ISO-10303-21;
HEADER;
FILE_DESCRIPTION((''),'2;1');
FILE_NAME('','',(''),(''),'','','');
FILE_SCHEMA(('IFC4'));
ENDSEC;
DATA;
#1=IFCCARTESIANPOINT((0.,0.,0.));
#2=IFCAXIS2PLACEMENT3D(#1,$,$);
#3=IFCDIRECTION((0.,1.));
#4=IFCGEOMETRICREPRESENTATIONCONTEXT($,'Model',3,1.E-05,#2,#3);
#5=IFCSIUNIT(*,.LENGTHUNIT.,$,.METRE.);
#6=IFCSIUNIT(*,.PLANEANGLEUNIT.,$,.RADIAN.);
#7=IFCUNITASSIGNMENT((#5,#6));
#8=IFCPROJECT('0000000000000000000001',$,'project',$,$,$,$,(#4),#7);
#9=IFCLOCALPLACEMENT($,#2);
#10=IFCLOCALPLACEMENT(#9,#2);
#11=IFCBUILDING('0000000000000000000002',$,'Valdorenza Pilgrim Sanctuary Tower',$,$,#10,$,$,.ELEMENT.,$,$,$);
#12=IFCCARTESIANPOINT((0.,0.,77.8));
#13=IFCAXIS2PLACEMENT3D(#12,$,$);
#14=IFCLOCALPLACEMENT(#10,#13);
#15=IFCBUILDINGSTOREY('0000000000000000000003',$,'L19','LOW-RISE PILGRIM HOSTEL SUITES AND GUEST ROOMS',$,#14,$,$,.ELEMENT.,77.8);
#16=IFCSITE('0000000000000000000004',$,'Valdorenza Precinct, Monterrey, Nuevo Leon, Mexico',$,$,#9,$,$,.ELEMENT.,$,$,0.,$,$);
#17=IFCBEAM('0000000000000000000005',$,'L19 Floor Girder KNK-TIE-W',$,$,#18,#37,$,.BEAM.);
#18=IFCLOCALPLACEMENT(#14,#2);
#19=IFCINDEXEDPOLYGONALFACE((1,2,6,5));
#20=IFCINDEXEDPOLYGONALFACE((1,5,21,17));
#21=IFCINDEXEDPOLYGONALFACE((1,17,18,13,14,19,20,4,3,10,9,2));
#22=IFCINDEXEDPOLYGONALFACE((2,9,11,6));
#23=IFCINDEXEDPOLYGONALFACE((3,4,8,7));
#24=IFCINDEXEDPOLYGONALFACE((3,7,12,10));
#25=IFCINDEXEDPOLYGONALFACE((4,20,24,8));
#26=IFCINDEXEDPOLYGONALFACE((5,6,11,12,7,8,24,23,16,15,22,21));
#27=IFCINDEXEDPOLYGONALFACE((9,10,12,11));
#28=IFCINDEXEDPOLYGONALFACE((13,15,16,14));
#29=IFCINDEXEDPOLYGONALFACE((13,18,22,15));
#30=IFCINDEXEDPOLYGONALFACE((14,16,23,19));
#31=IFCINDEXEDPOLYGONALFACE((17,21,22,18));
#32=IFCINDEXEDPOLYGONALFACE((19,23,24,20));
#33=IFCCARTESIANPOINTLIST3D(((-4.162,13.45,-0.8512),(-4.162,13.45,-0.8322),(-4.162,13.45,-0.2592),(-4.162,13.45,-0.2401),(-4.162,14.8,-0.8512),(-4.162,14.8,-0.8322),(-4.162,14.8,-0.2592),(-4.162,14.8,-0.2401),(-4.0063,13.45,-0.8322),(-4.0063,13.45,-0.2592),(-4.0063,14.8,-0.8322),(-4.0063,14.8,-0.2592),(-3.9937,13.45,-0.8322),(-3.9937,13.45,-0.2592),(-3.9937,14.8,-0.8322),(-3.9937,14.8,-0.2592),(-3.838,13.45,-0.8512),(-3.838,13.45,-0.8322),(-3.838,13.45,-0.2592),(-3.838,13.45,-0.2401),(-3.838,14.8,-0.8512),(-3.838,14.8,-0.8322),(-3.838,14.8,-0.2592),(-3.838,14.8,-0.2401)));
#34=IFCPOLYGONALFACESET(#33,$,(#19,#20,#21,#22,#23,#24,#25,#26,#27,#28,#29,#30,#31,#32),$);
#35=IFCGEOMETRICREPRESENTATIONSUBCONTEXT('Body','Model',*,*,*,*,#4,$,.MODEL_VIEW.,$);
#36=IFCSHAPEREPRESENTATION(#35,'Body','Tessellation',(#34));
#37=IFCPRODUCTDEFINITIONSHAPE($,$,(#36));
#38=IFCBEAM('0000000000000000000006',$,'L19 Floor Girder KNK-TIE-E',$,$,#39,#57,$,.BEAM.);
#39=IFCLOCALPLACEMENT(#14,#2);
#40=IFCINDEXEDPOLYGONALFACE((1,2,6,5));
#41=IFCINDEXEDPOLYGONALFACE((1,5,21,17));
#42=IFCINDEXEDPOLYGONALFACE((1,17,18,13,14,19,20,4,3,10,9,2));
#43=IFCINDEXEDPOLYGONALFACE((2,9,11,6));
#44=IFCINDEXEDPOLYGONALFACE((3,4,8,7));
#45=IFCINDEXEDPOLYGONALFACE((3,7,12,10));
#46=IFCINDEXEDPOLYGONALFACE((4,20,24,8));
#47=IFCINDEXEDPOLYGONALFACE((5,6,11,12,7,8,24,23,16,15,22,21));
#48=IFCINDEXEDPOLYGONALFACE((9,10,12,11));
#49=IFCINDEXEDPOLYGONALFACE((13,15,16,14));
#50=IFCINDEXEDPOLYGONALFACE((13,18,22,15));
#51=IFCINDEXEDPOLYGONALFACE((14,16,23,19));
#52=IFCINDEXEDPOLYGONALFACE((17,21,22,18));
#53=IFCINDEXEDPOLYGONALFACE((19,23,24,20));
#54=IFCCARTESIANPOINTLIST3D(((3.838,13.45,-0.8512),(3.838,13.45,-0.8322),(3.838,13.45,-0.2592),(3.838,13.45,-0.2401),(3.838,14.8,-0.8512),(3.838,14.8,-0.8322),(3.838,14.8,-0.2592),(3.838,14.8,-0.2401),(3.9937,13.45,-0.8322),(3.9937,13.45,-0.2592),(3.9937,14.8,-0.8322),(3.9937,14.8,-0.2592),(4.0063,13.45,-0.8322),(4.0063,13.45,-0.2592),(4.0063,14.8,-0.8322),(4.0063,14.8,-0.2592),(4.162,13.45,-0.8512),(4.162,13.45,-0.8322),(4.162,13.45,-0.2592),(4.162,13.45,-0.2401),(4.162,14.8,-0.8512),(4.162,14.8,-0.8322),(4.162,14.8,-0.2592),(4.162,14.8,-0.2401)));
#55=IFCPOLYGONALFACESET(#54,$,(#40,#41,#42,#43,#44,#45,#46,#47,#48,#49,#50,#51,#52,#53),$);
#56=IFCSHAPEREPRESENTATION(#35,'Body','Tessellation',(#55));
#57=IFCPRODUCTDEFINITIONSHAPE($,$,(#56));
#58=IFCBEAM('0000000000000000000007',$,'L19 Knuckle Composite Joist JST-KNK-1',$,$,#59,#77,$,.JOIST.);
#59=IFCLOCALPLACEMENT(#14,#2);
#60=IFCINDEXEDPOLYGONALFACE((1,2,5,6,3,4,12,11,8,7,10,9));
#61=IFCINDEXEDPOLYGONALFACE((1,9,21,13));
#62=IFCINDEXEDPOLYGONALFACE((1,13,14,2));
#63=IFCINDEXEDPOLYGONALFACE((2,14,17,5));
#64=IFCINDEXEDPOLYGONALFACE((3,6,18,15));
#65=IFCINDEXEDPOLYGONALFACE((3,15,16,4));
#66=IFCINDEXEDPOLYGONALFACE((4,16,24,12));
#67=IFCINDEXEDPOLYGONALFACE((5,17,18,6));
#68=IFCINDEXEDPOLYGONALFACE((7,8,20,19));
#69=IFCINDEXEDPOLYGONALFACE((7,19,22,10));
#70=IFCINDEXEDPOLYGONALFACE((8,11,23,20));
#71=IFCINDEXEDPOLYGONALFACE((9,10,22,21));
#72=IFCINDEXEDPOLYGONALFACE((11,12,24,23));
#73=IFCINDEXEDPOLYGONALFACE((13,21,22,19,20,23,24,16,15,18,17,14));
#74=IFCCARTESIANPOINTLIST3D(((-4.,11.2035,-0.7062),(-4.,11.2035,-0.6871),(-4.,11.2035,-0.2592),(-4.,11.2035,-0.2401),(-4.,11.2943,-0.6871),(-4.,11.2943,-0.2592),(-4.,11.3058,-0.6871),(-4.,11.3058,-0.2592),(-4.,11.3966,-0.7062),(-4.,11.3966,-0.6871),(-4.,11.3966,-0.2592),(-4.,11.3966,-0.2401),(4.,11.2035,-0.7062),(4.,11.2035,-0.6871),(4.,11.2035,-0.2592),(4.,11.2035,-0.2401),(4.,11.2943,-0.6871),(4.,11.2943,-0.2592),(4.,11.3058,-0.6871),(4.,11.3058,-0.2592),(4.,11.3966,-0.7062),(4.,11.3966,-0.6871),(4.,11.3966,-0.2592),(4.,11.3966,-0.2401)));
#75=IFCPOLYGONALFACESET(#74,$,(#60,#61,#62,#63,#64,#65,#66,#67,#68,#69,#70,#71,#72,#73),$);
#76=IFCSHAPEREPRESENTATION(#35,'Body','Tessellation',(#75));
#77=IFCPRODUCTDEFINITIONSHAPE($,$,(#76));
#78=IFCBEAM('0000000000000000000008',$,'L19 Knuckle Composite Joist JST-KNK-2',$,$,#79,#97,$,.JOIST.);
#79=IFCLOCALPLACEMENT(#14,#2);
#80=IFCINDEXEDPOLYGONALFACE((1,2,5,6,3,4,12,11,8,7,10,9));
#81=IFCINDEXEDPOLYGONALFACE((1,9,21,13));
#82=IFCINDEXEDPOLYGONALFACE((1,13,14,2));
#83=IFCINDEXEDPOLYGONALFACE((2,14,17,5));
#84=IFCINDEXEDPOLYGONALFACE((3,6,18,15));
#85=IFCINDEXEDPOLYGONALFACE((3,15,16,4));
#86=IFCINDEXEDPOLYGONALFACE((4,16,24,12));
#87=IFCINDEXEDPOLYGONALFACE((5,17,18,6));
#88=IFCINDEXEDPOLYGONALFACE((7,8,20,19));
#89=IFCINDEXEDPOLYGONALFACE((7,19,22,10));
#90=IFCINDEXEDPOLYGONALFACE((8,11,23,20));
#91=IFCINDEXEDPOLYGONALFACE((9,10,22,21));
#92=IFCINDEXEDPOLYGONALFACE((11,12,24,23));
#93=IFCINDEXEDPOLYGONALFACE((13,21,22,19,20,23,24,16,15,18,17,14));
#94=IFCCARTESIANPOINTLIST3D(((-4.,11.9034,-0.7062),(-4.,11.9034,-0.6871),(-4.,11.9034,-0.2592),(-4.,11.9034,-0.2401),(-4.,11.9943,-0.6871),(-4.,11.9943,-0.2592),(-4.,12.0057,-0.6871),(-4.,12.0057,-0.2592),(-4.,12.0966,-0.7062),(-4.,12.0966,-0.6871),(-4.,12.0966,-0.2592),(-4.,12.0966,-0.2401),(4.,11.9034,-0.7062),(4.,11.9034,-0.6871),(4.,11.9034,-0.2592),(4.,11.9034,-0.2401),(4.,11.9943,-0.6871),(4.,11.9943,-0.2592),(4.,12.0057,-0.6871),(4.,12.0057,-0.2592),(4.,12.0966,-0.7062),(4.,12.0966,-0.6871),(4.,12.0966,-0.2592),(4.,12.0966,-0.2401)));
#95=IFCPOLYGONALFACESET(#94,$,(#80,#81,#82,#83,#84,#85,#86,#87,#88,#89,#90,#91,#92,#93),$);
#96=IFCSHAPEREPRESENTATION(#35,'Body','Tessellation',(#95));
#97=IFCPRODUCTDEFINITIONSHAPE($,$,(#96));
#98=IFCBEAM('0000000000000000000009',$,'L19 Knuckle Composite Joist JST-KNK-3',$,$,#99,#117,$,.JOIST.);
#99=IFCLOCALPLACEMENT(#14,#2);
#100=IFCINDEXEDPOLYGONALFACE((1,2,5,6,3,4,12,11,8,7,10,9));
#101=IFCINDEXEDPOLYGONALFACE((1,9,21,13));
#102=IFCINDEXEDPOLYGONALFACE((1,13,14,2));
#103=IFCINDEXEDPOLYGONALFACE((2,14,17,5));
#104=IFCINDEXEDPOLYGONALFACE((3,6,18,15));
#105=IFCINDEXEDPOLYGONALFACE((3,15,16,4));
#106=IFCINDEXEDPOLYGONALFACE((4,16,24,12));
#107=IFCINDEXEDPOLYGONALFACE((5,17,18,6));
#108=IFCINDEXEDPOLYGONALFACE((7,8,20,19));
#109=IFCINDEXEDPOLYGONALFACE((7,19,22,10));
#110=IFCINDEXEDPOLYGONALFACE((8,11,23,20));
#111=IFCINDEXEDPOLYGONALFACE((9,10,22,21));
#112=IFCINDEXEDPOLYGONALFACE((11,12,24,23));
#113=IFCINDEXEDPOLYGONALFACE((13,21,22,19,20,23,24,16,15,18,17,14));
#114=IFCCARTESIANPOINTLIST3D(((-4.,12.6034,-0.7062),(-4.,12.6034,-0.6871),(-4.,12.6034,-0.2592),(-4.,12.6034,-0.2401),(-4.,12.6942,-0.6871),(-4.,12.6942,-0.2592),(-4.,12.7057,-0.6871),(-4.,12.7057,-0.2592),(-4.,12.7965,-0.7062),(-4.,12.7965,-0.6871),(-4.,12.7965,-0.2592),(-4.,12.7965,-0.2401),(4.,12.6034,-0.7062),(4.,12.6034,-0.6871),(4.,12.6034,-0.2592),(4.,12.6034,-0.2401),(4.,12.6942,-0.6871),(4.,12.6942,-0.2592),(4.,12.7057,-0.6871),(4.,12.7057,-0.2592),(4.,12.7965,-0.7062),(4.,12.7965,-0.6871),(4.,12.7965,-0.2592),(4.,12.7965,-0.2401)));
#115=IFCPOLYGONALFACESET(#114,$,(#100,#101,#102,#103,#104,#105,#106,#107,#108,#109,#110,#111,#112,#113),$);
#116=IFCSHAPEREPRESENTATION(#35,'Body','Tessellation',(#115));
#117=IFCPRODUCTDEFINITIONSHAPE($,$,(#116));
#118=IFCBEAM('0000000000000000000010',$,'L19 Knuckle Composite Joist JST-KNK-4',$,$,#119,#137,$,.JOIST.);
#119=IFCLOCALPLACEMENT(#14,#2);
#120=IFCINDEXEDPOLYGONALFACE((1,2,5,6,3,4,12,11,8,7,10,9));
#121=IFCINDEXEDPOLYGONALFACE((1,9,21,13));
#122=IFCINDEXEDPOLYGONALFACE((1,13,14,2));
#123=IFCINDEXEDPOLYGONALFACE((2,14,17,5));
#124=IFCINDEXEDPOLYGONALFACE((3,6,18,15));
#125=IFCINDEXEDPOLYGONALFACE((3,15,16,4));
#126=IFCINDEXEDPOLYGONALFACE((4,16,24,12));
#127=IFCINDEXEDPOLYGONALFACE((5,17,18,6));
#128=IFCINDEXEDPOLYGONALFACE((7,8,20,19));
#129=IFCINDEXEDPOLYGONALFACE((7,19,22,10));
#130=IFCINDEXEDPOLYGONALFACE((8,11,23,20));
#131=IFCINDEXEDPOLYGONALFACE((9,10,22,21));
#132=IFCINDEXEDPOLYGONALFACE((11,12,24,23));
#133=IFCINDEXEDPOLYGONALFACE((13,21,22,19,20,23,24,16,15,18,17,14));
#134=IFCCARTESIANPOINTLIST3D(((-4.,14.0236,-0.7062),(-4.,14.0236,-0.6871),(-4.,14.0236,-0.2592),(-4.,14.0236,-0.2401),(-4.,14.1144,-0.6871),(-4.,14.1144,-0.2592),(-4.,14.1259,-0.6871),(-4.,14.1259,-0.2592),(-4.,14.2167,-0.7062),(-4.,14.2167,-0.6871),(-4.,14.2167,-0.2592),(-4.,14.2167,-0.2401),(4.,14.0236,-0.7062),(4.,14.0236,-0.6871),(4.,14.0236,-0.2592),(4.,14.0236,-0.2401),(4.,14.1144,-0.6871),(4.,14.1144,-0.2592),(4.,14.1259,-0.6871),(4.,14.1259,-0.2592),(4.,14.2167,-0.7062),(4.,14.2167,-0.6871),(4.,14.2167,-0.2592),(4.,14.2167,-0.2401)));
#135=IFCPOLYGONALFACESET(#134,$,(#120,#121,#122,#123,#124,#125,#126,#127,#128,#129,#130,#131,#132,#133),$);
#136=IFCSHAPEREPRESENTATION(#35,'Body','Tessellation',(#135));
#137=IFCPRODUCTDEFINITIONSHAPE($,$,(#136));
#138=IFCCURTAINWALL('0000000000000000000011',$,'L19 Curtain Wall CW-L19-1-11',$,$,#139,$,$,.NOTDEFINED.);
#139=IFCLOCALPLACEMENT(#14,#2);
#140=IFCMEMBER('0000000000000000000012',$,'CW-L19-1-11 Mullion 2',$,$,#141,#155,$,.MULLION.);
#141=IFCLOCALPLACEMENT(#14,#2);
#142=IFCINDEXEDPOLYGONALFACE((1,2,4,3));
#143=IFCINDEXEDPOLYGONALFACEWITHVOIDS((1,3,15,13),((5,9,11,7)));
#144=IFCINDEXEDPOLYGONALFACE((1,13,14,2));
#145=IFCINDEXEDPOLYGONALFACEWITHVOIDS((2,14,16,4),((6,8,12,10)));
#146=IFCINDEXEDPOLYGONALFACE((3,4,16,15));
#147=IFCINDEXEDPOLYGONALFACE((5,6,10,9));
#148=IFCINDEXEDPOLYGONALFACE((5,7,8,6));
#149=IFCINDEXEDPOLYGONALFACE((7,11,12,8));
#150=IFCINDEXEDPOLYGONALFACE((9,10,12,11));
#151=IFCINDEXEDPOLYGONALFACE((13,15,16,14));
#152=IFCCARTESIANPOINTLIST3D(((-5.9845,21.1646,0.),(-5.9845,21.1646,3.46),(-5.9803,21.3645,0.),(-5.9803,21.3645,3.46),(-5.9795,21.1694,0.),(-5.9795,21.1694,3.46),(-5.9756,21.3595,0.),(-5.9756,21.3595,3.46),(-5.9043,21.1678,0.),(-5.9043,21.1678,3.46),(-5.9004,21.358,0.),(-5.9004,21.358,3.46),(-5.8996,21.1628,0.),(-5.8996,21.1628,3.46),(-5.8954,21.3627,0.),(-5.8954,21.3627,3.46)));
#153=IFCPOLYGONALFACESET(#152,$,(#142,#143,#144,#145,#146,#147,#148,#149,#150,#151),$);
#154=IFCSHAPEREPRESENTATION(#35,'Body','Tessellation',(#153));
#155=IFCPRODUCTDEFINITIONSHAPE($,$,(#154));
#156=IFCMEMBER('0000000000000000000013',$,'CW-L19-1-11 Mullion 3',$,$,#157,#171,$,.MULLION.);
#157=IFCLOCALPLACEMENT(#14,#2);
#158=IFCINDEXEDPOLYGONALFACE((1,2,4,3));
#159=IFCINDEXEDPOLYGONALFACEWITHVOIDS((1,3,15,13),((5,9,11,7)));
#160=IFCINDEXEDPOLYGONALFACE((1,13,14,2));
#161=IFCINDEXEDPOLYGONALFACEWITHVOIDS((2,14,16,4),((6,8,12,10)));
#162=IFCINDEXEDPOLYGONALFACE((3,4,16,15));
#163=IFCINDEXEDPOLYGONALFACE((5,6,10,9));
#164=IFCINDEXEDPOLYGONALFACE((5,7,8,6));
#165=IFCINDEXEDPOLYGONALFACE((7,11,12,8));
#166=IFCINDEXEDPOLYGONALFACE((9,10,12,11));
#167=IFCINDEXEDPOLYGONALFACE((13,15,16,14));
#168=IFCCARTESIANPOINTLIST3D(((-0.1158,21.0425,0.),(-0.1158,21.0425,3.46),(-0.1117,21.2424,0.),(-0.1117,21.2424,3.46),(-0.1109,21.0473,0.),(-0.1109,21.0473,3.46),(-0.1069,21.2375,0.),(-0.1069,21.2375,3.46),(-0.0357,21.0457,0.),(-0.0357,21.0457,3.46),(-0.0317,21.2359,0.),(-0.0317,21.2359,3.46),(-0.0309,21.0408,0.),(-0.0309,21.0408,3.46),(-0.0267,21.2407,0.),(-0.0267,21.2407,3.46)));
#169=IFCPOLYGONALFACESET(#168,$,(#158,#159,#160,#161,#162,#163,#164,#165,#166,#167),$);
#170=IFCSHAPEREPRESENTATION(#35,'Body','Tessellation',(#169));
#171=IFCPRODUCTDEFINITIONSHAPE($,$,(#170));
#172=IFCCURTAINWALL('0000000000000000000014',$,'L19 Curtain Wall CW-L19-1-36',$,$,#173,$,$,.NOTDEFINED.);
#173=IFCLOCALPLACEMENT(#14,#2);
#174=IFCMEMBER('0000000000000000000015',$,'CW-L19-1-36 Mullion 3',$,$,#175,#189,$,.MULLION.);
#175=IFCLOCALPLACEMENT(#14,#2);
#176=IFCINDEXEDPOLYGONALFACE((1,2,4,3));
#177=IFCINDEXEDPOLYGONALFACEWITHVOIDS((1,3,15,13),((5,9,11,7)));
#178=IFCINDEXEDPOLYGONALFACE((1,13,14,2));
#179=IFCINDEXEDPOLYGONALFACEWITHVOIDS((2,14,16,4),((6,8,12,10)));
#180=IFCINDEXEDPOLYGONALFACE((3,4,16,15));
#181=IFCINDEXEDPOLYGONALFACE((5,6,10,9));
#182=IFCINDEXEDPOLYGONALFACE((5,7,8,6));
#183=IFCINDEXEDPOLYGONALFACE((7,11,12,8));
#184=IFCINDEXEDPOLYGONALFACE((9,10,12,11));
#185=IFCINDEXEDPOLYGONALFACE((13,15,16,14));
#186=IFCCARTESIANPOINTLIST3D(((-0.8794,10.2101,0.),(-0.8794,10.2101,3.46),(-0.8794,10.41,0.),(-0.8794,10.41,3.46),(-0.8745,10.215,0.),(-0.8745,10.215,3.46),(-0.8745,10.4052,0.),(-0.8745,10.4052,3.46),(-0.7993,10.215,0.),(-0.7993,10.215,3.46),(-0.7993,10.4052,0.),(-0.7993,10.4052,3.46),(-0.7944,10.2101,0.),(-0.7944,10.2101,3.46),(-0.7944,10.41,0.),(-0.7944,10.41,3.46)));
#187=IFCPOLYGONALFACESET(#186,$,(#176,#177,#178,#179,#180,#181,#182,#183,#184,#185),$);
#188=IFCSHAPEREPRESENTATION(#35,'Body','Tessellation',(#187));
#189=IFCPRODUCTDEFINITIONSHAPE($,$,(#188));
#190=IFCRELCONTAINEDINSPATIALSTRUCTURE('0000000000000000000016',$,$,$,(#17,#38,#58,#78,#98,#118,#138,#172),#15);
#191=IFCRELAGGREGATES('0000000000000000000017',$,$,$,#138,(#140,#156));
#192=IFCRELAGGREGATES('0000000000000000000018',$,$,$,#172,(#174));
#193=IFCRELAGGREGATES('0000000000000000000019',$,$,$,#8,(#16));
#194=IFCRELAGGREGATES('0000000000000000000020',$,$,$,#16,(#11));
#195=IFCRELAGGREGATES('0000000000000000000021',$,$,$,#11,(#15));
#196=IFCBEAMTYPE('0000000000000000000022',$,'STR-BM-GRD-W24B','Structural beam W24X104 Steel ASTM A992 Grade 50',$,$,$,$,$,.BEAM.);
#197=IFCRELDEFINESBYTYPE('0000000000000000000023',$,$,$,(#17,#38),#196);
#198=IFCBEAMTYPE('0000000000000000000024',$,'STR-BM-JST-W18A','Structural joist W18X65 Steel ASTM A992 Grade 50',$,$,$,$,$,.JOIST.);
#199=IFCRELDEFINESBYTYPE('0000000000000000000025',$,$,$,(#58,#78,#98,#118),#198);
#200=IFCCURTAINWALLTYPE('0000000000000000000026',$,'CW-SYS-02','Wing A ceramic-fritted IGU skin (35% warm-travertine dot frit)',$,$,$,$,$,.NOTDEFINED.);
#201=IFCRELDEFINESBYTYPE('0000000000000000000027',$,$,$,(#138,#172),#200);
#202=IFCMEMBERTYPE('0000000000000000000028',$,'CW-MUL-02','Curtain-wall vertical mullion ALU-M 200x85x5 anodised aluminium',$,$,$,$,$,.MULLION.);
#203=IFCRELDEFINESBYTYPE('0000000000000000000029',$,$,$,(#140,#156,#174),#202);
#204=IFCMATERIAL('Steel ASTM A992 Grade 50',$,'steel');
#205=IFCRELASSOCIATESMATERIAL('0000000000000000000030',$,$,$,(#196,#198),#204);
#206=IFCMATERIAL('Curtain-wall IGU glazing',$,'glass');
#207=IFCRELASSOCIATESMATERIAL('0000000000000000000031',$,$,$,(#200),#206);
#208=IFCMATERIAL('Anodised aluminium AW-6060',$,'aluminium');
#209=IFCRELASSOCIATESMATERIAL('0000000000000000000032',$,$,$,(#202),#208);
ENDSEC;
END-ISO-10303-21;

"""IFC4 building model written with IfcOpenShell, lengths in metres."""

from ifc_helpers import new_model, si_unit, direction, frame, origin, origin_2d, place, context, subcontext, project, spatial, hollow_rectangle, i_section, extrude, source, transform, mapped, material, material_profile, profile_set, type_object, element, aggregate, save


model = new_model("IFC4")

# Units and contexts
model_context = context("Model", 3, precision=1e-05, world=origin(), true_north=direction((0.0, 1.0)))
body_context = subcontext(model_context, "Body", "Model", "MODEL_VIEW")
ifc_project = project(units=[si_unit("LENGTHUNIT", "METRE"), si_unit("PLANEANGLEUNIT", "RADIAN")], contexts=[model_context])

# Site, building, storey
site_placement = place(None, origin())
site = spatial("IfcSite", under=ifc_project, at=site_placement, Name="Valdorenza Precinct, Monterrey, Nuevo Leon, Mexico", CompositionType="ELEMENT", RefElevation=0.0)
building_placement = place(site_placement, origin())
building = spatial("IfcBuilding", under=site, at=building_placement, Name="Valdorenza Pilgrim Sanctuary Tower", CompositionType="ELEMENT")
storey_placement = place(building_placement, frame((0.0, 0.0, 77.8)))
storey = spatial("IfcBuildingStorey", under=building, at=storey_placement, Name="L19", Description="LOW-RISE PILGRIM HOSTEL SUITES AND GUEST ROOMS", CompositionType="ELEMENT", Elevation=77.8)

# Shared definitions
ifc_material_1 = material(Name="Steel ASTM A992 Grade 50", Category="steel")

# Beams
ifc_material_profile_1 = material_profile(ifc_material_1, i_section(OverallWidth=0.324, OverallDepth=0.6111, WebThickness=0.0127, FlangeThickness=0.019, at=origin_2d()), Name="W24X104")
ifc_profile_set_1 = profile_set([ifc_material_profile_1], Name="Steel ASTM A992 Grade 50")
beam_type_1 = type_object("IfcBeamType", Name="STR-BM-GRD-W24B", Description="Structural beam W24X104 Steel ASTM A992 Grade 50", PredefinedType="BEAM", material=ifc_profile_set_1)
shared_shape_1 = source(origin(), body_context, "Body", "SweptSolid", [
    extrude(i_section(OverallWidth=0.324, OverallDepth=0.6111, WebThickness=0.0127, FlangeThickness=0.019, at=origin_2d()), origin(), (0.0, 0.0, 1.0), 1.3501),
])
for number, where, z_axis, x_axis, name in (
    (1, (-4.0, 13.45, -0.5457), (0.0, 1.0, 0.0), (-1.0, 0.0, 0.0), "L19 Floor Girder KNK-TIE-W"),
    (2, (4.0, 13.45, -0.5457), (0.0, 1.0, 0.0), (-1.0, 0.0, 0.0), "L19 Floor Girder KNK-TIE-E"),
):
    element("IfcBeam", number, at=place(storey_placement, frame(where, z_axis=z_axis, x_axis=x_axis)), inside=storey, type_object=beam_type_1, Name=name, PredefinedType="BEAM", context=body_context, shape_type="MappedRepresentation", body=[
        mapped(shared_shape_1, transform((0.0, 0.0, 0.0), x_axis=(1.0, 0.0, 0.0), y_axis=(0.0, 1.0, 0.0), z_axis=(0.0, 0.0, 1.0), scale=1.0)),
    ])
ifc_material_profile_2 = material_profile(ifc_material_1, i_section(OverallWidth=0.1931, OverallDepth=0.4661, WebThickness=0.0115, FlangeThickness=0.019, at=origin_2d()), Name="W18X65")
ifc_profile_set_2 = profile_set([ifc_material_profile_2], Name="Steel ASTM A992 Grade 50")
beam_type_2 = type_object("IfcBeamType", Name="STR-BM-JST-W18A", Description="Structural joist W18X65 Steel ASTM A992 Grade 50", PredefinedType="JOIST", material=ifc_profile_set_2)
shared_shape_2 = source(origin(), body_context, "Body", "SweptSolid", [
    extrude(i_section(OverallWidth=0.1931, OverallDepth=0.4661, WebThickness=0.0115, FlangeThickness=0.019, at=origin_2d()), origin(), (0.0, 0.0, 1.0), 8.0),
])
for number, where, z_axis, x_axis, name in (
    (3, (-4.0, 11.3, -0.4731), (1.0, 0.0, 0.0), (0.0, 1.0, 0.0), "L19 Knuckle Composite Joist JST-KNK-1"),
    (4, (-4.0, 12.0, -0.4731), (1.0, 0.0, 0.0), (0.0, 1.0, 0.0), "L19 Knuckle Composite Joist JST-KNK-2"),
    (5, (-4.0, 12.7, -0.4731), (1.0, 0.0, 0.0), (0.0, 1.0, 0.0), "L19 Knuckle Composite Joist JST-KNK-3"),
    (6, (-4.0, 14.1201, -0.4731), (1.0, 0.0, 0.0), (0.0, 1.0, 0.0), "L19 Knuckle Composite Joist JST-KNK-4"),
):
    element("IfcBeam", number, at=place(storey_placement, frame(where, z_axis=z_axis, x_axis=x_axis)), inside=storey, type_object=beam_type_2, Name=name, PredefinedType="JOIST", context=body_context, shape_type="MappedRepresentation", body=[
        mapped(shared_shape_2, transform((0.0, 0.0, 0.0), x_axis=(1.0, 0.0, 0.0), y_axis=(0.0, 1.0, 0.0), z_axis=(0.0, 0.0, 1.0), scale=1.0)),
    ])

# Curtain walls, members
ifc_material_2 = material(Name="Curtain-wall IGU glazing", Category="glass")
curtain_wall_type = type_object("IfcCurtainWallType", Name="CW-SYS-02", Description="Wing A ceramic-fritted IGU skin (35% warm-travertine dot frit)", PredefinedType="NOTDEFINED", material=ifc_material_2)
curtain_wall_1_placement = place(storey_placement, origin())
curtain_wall_1 = element("IfcCurtainWall", 7, at=curtain_wall_1_placement, inside=storey, type_object=curtain_wall_type, Name="L19 Curtain Wall CW-L19-1-11", PredefinedType="NOTDEFINED")
ifc_material_3 = material(Name="Anodised aluminium AW-6060", Category="aluminium")
ifc_material_profile_3 = material_profile(ifc_material_3, hollow_rectangle(XDim=0.085, YDim=0.2, WallThickness=0.0049, at=origin_2d()), Name="ALU-M 200x85x5")
ifc_profile_set_3 = profile_set([ifc_material_profile_3], Name="Anodised aluminium AW-6060")
member_type = type_object("IfcMemberType", Name="CW-MUL-02", Description="Curtain-wall vertical mullion ALU-M 200x85x5 anodised aluminium", PredefinedType="MULLION", material=ifc_profile_set_3)
shared_shape_3 = source(origin(), body_context, "Body", "SweptSolid", [
    extrude(hollow_rectangle(XDim=0.085, YDim=0.2, WallThickness=0.0049, at=origin_2d()), origin(), (0.0, 0.0, 1.0), 3.46),
])
member_1_placement = place(storey_placement, frame((-5.9399, 21.2637, 0.0), z_axis=(0.0, 0.0, 1.0), x_axis=(0.999783, -0.02082, 0.0)))
member_1 = element("IfcMember", 8, at=member_1_placement, type_object=member_type, Name="CW-L19-1-11 Mullion 2", PredefinedType="MULLION", context=body_context, shape_type="MappedRepresentation", body=[
    mapped(shared_shape_3, transform((0.0, 0.0, 0.0), x_axis=(1.0, 0.0, 0.0), y_axis=(0.0, 1.0, 0.0), z_axis=(0.0, 0.0, 1.0), scale=1.0)),
])
member_2_placement = place(storey_placement, frame((-0.0713, 21.1416, 0.0), z_axis=(0.0, 0.0, 1.0), x_axis=(0.999783, -0.02082, 0.0)))
member_2 = element("IfcMember", 9, at=member_2_placement, type_object=member_type, Name="CW-L19-1-11 Mullion 3", PredefinedType="MULLION", context=body_context, shape_type="MappedRepresentation", body=[
    mapped(shared_shape_3, transform((0.0, 0.0, 0.0), x_axis=(1.0, 0.0, 0.0), y_axis=(0.0, 1.0, 0.0), z_axis=(0.0, 0.0, 1.0), scale=1.0)),
])
curtain_wall_2_placement = place(storey_placement, origin())
curtain_wall_2 = element("IfcCurtainWall", 10, at=curtain_wall_2_placement, inside=storey, type_object=curtain_wall_type, Name="L19 Curtain Wall CW-L19-1-36", PredefinedType="NOTDEFINED")
member_3_placement = place(storey_placement, frame((-0.8369, 10.3101, 0.0), z_axis=(0.0, 0.0, 1.0), x_axis=(-1.0, 0.0, 0.0)))
member_3 = element("IfcMember", 11, at=member_3_placement, type_object=member_type, Name="CW-L19-1-36 Mullion 3", PredefinedType="MULLION", context=body_context, shape_type="MappedRepresentation", body=[
    mapped(shared_shape_3, transform((0.0, 0.0, 0.0), x_axis=(1.0, 0.0, 0.0), y_axis=(0.0, 1.0, 0.0), z_axis=(0.0, 0.0, 1.0), scale=1.0)),
])

aggregate(curtain_wall_1, [member_1, member_2])
aggregate(curtain_wall_2, [member_3])

save(model, "model.ifc")
